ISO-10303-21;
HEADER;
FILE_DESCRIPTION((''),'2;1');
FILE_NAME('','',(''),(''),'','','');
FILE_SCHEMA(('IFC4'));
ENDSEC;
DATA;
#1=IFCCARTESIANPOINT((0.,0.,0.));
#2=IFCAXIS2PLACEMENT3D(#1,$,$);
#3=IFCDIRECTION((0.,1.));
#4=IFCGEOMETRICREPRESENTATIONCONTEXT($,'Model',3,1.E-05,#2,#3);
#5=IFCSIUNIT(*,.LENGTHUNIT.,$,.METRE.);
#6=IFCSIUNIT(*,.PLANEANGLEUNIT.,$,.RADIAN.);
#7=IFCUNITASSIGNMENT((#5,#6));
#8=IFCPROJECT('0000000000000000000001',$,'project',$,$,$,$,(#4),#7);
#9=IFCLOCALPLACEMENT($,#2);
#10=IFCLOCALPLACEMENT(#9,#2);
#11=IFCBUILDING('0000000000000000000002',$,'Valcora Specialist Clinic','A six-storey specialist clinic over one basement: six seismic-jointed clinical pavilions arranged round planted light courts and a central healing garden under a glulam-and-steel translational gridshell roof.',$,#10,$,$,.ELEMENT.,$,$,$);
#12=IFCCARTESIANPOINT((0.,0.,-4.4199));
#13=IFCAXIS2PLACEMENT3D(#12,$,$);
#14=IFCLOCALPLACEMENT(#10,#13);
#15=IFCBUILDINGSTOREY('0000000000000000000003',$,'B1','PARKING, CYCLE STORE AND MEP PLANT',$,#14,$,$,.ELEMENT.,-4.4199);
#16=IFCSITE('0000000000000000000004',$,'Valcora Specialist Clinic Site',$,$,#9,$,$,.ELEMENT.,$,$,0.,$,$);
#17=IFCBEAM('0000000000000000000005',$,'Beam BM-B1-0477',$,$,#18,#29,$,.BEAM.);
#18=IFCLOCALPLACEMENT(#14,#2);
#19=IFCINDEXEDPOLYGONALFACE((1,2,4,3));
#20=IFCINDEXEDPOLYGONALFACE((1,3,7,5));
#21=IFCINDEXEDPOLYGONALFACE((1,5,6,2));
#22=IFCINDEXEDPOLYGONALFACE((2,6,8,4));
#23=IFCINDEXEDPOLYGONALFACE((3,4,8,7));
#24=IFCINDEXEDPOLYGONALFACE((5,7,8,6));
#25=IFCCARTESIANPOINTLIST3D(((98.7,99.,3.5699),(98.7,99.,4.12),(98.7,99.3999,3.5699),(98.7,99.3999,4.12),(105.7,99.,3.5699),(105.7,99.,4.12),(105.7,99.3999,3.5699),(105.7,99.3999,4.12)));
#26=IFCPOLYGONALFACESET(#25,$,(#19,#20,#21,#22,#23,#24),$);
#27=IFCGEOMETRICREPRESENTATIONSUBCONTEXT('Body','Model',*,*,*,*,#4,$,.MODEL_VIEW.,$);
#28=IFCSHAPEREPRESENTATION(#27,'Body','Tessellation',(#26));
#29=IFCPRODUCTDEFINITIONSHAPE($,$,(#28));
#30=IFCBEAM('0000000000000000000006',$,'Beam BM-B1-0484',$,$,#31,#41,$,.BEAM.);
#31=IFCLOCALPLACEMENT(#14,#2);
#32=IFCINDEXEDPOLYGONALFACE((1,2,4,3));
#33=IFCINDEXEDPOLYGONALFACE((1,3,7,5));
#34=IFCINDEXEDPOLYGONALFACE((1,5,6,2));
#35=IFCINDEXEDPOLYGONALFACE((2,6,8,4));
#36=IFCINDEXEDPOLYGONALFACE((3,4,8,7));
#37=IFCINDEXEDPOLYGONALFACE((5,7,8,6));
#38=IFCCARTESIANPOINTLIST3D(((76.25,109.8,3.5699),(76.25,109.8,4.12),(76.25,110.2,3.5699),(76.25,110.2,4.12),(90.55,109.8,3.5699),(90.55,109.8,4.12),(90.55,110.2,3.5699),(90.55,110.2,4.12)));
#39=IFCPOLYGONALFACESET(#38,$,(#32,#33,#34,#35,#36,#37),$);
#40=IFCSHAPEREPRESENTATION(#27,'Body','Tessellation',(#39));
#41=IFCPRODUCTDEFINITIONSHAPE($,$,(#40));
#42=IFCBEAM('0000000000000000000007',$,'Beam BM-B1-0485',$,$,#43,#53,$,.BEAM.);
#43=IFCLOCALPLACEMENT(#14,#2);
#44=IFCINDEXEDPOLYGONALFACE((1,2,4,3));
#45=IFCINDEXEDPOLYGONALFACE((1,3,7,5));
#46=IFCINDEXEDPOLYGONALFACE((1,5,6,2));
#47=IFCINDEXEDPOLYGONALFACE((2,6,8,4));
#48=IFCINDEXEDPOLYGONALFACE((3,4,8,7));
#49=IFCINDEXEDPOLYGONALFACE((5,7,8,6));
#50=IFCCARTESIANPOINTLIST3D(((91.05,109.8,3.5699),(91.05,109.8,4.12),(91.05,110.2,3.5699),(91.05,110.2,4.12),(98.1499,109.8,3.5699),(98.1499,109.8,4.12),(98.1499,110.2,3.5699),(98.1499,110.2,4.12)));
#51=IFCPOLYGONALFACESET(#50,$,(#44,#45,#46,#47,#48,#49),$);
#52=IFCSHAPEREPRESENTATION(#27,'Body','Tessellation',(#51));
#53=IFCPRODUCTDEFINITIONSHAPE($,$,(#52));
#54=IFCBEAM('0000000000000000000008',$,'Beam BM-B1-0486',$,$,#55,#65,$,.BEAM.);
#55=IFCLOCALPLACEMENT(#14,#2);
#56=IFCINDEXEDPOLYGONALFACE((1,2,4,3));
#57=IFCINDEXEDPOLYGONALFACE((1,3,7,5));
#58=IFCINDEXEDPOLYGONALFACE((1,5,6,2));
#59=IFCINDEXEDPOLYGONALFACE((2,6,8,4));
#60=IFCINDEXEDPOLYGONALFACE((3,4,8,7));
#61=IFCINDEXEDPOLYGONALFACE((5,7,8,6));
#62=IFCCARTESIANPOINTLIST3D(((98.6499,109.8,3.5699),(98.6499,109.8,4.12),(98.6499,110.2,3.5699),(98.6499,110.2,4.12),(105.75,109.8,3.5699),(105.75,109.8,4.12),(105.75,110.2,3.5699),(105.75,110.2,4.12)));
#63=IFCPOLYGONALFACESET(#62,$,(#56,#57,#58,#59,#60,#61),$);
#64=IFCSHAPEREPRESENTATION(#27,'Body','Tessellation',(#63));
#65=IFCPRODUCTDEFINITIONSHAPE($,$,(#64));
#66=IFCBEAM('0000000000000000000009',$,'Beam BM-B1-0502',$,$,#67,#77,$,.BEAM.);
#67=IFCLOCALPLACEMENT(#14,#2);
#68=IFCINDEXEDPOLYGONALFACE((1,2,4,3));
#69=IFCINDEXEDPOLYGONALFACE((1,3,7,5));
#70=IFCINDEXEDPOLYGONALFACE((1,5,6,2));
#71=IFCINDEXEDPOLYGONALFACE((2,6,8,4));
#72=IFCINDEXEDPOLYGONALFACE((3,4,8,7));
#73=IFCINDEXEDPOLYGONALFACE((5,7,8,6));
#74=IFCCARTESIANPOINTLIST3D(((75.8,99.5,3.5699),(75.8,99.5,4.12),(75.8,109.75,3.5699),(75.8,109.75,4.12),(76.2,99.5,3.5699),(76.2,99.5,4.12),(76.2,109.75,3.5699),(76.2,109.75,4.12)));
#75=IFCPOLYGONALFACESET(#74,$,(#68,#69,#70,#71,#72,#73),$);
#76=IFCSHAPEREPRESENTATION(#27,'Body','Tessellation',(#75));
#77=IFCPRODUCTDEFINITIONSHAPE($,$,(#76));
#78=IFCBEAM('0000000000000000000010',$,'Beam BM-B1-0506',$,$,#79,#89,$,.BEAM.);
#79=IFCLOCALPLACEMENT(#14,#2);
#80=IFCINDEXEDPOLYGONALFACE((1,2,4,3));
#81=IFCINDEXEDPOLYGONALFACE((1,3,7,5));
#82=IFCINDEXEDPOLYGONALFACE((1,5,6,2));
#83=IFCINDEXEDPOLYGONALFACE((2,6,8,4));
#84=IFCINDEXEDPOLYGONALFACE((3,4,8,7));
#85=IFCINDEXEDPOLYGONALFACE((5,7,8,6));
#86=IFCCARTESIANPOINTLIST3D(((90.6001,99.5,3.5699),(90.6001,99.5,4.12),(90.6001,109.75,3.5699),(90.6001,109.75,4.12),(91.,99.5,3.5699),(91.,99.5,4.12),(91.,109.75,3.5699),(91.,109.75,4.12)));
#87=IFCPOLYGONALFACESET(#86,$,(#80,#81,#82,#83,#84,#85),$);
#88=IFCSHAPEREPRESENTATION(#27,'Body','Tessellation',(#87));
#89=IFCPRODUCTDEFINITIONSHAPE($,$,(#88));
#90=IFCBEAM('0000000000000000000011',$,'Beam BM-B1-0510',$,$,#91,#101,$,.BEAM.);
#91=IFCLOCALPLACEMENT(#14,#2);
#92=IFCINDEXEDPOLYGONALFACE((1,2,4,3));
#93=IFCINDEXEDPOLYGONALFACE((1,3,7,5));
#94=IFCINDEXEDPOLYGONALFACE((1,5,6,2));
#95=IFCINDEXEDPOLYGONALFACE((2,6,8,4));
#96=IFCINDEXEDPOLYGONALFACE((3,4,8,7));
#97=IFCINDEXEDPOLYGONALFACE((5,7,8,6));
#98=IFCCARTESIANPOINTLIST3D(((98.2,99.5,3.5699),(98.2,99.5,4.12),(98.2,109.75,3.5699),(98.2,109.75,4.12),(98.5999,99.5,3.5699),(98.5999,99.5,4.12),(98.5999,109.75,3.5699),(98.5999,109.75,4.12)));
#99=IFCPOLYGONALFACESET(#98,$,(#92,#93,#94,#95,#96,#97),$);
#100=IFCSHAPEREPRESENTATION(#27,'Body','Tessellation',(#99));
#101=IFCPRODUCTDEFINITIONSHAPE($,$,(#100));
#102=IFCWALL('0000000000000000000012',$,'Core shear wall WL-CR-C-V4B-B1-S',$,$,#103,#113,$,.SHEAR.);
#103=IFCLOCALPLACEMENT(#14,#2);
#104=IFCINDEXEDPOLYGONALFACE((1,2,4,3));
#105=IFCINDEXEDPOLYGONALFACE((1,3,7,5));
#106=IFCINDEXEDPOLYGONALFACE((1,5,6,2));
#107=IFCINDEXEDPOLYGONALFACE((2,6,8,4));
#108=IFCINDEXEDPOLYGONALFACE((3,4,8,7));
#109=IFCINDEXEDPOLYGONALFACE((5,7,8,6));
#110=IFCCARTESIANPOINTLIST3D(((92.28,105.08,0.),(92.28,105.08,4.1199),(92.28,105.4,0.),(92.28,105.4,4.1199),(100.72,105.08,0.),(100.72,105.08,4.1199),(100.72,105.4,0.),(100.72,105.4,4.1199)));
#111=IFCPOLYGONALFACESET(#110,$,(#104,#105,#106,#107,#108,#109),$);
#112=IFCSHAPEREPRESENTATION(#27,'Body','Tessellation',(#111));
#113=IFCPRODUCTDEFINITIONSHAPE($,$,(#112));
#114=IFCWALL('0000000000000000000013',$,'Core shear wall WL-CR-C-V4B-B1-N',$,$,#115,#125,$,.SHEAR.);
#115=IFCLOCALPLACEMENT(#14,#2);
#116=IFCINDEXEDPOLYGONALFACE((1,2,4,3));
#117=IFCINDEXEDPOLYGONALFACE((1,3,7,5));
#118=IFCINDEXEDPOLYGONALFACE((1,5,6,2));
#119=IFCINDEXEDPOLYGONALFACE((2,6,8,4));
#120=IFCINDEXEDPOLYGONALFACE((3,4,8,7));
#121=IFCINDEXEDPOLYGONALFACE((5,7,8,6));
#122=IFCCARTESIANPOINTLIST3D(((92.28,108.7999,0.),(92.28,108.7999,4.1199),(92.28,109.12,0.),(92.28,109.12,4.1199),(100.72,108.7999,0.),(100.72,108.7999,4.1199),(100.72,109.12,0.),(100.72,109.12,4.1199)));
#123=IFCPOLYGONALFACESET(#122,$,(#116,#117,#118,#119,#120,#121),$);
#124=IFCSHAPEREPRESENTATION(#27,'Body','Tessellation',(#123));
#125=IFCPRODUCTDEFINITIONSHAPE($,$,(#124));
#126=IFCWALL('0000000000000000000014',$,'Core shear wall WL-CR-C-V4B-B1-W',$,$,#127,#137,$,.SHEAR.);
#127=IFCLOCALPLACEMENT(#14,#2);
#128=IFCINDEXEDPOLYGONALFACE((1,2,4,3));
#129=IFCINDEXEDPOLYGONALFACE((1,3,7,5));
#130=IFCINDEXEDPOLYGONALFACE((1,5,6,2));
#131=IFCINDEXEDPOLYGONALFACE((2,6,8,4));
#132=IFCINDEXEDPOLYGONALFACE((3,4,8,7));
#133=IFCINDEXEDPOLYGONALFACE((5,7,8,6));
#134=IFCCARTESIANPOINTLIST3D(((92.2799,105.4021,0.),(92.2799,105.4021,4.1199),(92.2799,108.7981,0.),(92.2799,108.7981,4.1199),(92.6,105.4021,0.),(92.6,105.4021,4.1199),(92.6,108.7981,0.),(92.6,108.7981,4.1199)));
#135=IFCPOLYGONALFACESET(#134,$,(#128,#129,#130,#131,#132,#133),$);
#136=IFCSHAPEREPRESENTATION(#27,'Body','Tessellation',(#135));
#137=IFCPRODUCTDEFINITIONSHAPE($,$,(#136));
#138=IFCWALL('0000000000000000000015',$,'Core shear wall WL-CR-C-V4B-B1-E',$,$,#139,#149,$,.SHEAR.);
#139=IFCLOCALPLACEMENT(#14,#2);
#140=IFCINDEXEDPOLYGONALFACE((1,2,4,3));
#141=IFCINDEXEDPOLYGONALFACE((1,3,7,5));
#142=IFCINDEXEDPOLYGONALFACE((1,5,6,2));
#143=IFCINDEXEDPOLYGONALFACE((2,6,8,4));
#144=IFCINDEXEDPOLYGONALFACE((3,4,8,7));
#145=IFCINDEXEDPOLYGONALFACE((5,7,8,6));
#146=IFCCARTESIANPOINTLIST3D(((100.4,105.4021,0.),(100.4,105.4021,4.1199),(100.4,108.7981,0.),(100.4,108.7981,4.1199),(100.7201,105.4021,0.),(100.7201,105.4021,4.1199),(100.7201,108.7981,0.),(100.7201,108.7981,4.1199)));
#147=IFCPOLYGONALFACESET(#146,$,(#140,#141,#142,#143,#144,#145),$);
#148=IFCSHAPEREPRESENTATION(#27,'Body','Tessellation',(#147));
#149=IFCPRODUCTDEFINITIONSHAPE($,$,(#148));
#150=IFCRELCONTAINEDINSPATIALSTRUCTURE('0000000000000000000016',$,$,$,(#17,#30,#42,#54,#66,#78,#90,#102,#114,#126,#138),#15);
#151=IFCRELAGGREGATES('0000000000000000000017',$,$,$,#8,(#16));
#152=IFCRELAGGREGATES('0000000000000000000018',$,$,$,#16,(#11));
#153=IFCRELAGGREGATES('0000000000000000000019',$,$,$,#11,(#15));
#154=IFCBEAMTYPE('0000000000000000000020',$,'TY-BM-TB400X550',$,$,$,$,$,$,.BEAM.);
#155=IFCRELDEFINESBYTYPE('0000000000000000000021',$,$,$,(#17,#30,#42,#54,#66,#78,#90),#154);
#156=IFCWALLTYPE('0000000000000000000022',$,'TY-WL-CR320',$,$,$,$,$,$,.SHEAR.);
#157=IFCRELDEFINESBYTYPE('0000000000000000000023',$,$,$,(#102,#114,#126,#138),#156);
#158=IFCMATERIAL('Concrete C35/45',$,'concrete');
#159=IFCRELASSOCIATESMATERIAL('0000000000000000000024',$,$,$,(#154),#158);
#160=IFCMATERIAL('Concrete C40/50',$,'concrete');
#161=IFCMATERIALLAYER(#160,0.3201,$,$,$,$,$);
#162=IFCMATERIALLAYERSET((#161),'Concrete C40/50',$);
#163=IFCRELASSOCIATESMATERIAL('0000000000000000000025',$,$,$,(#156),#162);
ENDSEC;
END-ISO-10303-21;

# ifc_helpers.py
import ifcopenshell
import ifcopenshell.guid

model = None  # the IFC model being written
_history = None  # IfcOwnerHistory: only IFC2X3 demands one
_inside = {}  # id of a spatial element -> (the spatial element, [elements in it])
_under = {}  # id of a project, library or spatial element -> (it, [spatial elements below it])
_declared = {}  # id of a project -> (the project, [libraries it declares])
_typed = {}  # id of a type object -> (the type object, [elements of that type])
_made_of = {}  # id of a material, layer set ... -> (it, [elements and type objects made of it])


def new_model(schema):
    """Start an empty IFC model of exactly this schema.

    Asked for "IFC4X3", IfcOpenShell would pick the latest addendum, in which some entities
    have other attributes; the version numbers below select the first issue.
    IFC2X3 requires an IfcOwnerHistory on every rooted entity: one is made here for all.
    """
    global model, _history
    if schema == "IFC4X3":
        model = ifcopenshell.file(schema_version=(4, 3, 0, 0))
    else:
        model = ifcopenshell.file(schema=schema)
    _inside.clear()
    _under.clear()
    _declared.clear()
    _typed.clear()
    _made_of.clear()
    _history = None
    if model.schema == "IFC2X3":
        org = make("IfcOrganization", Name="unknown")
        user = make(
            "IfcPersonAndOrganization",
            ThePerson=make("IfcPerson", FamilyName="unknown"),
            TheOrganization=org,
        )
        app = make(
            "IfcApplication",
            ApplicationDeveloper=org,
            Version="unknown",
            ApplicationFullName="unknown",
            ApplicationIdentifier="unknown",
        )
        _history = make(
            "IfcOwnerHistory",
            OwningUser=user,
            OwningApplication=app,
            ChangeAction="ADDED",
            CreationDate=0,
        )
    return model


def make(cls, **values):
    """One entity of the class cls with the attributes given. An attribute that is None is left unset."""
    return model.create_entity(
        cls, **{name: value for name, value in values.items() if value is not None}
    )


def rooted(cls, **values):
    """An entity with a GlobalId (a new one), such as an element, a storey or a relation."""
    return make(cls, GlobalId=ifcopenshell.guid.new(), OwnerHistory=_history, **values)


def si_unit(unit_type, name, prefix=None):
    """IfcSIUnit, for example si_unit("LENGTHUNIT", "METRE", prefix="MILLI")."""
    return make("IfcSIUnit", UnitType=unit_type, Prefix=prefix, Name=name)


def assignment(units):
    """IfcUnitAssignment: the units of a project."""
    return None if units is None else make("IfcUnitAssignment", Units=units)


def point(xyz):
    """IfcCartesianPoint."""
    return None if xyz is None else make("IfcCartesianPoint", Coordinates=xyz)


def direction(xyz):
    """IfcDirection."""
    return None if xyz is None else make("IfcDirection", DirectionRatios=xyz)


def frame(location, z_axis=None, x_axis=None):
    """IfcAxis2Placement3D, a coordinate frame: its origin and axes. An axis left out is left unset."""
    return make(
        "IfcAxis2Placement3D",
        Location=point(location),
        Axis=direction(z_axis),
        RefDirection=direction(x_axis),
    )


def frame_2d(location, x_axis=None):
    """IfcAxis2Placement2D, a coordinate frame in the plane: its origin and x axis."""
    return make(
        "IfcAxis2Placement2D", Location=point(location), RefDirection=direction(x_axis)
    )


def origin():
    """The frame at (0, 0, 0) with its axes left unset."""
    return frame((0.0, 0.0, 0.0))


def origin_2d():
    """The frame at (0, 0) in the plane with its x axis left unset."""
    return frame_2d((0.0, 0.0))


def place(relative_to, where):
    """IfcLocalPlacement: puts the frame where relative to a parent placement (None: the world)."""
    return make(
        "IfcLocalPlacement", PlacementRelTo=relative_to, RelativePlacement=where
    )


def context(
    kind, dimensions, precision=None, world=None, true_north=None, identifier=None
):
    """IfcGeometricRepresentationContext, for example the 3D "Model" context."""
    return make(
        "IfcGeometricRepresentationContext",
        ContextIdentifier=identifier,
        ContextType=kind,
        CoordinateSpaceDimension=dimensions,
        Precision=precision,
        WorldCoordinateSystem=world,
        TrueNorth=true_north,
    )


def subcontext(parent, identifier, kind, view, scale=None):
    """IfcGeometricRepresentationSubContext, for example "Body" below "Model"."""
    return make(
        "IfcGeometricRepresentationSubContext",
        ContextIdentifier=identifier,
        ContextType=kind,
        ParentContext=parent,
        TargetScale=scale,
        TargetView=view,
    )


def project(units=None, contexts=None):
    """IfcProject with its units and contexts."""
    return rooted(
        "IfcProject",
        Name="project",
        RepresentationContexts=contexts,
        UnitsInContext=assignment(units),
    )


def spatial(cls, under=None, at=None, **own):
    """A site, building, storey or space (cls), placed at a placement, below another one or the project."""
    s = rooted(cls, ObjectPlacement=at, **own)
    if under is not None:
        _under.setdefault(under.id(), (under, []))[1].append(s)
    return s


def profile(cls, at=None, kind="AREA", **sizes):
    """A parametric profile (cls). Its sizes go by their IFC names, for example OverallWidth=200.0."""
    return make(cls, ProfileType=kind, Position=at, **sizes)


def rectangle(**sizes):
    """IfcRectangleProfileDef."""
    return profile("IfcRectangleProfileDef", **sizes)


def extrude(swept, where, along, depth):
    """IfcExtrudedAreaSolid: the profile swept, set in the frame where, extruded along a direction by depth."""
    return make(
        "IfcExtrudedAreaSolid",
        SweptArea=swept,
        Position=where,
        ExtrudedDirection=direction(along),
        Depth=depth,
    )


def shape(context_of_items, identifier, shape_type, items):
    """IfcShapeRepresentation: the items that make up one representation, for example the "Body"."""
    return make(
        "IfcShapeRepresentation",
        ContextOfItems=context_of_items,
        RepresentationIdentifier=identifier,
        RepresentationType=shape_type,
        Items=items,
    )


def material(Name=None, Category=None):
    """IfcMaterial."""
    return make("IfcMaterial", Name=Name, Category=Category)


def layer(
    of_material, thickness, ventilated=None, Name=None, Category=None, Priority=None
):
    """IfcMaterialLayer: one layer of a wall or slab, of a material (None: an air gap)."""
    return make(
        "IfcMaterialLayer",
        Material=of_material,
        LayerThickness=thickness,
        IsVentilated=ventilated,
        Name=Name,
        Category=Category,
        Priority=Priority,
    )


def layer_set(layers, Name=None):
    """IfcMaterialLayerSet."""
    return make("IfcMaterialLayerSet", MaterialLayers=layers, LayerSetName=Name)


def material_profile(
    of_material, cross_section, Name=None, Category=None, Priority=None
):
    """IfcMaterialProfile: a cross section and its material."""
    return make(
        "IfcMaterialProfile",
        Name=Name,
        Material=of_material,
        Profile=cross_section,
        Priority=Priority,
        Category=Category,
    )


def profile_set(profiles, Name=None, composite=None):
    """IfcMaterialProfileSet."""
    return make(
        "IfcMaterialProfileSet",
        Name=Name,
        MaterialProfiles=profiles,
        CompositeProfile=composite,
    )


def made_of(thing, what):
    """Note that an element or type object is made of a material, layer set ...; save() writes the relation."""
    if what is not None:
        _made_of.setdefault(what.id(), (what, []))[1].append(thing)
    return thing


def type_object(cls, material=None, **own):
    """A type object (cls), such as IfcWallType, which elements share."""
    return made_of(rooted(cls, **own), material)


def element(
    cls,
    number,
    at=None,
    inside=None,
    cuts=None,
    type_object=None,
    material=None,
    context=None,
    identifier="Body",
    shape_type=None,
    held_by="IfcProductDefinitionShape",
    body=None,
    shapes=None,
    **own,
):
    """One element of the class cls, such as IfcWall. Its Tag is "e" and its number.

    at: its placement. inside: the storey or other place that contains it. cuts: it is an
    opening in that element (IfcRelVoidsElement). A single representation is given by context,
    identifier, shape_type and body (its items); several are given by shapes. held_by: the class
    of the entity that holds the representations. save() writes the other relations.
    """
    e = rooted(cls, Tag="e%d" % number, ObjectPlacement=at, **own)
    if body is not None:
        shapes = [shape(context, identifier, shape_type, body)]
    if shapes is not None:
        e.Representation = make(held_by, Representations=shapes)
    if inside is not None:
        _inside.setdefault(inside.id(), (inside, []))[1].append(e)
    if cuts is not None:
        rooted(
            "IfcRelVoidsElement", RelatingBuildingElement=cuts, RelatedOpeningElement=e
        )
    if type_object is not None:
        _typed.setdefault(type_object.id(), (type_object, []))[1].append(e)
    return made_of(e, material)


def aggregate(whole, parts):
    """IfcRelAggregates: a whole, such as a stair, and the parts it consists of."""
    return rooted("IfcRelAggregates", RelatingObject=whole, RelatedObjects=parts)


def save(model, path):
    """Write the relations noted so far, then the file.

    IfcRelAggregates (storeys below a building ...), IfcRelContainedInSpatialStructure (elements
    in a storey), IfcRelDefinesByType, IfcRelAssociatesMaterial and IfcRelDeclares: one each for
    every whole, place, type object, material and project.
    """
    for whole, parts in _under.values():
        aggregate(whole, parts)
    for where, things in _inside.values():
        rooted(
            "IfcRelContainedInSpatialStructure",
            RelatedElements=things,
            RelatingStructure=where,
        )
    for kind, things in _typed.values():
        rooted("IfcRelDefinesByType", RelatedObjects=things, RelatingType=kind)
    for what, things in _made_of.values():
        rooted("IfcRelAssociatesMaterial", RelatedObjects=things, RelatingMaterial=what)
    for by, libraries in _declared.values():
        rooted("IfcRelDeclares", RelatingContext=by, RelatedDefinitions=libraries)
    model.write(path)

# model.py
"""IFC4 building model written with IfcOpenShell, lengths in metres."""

from ifc_helpers import new_model, si_unit, direction, frame, frame_2d, origin, origin_2d, place, context, subcontext, project, spatial, rectangle, extrude, material, layer, layer_set, material_profile, profile_set, type_object, element, save


model = new_model("IFC4")

# Units and contexts
model_context = context("Model", 3, precision=1e-05, world=origin(), true_north=direction((0.0, 1.0)))
body_context = subcontext(model_context, "Body", "Model", "MODEL_VIEW")
ifc_project = project(units=[si_unit("LENGTHUNIT", "METRE"), si_unit("PLANEANGLEUNIT", "RADIAN")], contexts=[model_context])

# Site, building, storey
site_placement = place(None, origin())
site = spatial("IfcSite", under=ifc_project, at=site_placement, Name="Valcora Specialist Clinic Site", CompositionType="ELEMENT", RefElevation=0.0)
building_placement = place(site_placement, origin())
building = spatial("IfcBuilding", under=site, at=building_placement, Name="Valcora Specialist Clinic", Description="A six-storey specialist clinic over one basement: six seismic-jointed clinical pavilions arranged round planted light courts and a central healing garden under a glulam-and-steel translational gridshell roof.", CompositionType="ELEMENT")
storey_placement = place(building_placement, frame((0.0, 0.0, -4.4199)))
storey = spatial("IfcBuildingStorey", under=building, at=storey_placement, Name="B1", Description="PARKING, CYCLE STORE AND MEP PLANT", CompositionType="ELEMENT", Elevation=-4.4199)

# Shared definitions
ifc_material_1 = material(Name="Concrete C35/45", Category="concrete")

# Shared definitions
ifc_material_2 = material(Name="Concrete C40/50", Category="concrete")

# Beams
ifc_material_profile_1 = material_profile(ifc_material_1, rectangle(XDim=0.3999, YDim=0.55, at=origin_2d()), Name="RC-TB-400X550")
ifc_profile_set_1 = profile_set([ifc_material_profile_1], Name="Concrete C35/45")
beam_type = type_object("IfcBeamType", Name="TY-BM-TB400X550", PredefinedType="BEAM", material=ifc_profile_set_1)
beam_1_placement = place(storey_placement, frame((98.7, 99.2, 3.845), z_axis=(1.0, 0.0, 0.0), x_axis=(0.0, 1.0, 0.0)))
element("IfcBeam", 1, at=beam_1_placement, inside=storey, type_object=beam_type, Name="Beam BM-B1-0477", PredefinedType="BEAM", context=body_context, shape_type="SweptSolid", body=[
    extrude(rectangle(XDim=0.3999, YDim=0.55, at=origin_2d()), origin(), (0.0, 0.0, 1.0), 7.0),
])
beam_2_placement = place(storey_placement, frame((76.25, 110.0, 3.845), z_axis=(1.0, 0.0, 0.0), x_axis=(0.0, 1.0, 0.0)))
element("IfcBeam", 2, at=beam_2_placement, inside=storey, type_object=beam_type, Name="Beam BM-B1-0484", PredefinedType="BEAM", context=body_context, shape_type="SweptSolid", body=[
    extrude(rectangle(XDim=0.3999, YDim=0.55, at=origin_2d()), origin(), (0.0, 0.0, 1.0), 14.3),
])
beam_3_placement = place(storey_placement, frame((91.05, 110.0, 3.845), z_axis=(1.0, 0.0, 0.0), x_axis=(0.0, 1.0, 0.0)))
element("IfcBeam", 3, at=beam_3_placement, inside=storey, type_object=beam_type, Name="Beam BM-B1-0485", PredefinedType="BEAM", context=body_context, shape_type="SweptSolid", body=[
    extrude(rectangle(XDim=0.3999, YDim=0.55, at=origin_2d()), origin(), (0.0, 0.0, 1.0), 7.0999),
])
beam_4_placement = place(storey_placement, frame((98.6499, 110.0, 3.845), z_axis=(1.0, 0.0, 0.0), x_axis=(0.0, 1.0, 0.0)))
element("IfcBeam", 4, at=beam_4_placement, inside=storey, type_object=beam_type, Name="Beam BM-B1-0486", PredefinedType="BEAM", context=body_context, shape_type="SweptSolid", body=[
    extrude(rectangle(XDim=0.3999, YDim=0.55, at=origin_2d()), origin(), (0.0, 0.0, 1.0), 7.1001),
])
for number, where, z_axis, x_axis, name in (
    (5, (76.0, 99.5, 3.845), (0.0, 1.0, 0.0), (-1.0, 0.0, 0.0), "Beam BM-B1-0502"),
    (6, (90.8, 99.5, 3.845), (0.0, 1.0, 0.0), (-1.0, 0.0, 0.0), "Beam BM-B1-0506"),
    (7, (98.3999, 99.5, 3.845), (0.0, 1.0, 0.0), (-1.0, 0.0, 0.0), "Beam BM-B1-0510"),
):
    element("IfcBeam", number, at=place(storey_placement, frame(where, z_axis=z_axis, x_axis=x_axis)), inside=storey, type_object=beam_type, Name=name, PredefinedType="BEAM", context=body_context, shape_type="SweptSolid", body=[
        extrude(rectangle(XDim=0.3999, YDim=0.55, at=origin_2d()), origin(), (0.0, 0.0, 1.0), 10.25),
    ])

# Walls
ifc_layer = layer(ifc_material_2, 0.3201)
ifc_layer_set = layer_set([ifc_layer], Name="Concrete C40/50")
wall_type = type_object("IfcWallType", Name="TY-WL-CR320", PredefinedType="SHEAR", material=ifc_layer_set)
for number, where, z_axis, x_axis, name in (
    (8, (92.28, 105.24, 0.0), (0.0, 0.0, 1.0), (1.0, 0.0, 0.0), "Core shear wall WL-CR-C-V4B-B1-S"),
    (9, (92.28, 108.96, 0.0), (0.0, 0.0, 1.0), (1.0, 0.0, 0.0), "Core shear wall WL-CR-C-V4B-B1-N"),
):
    element("IfcWall", number, at=place(storey_placement, frame(where, z_axis=z_axis, x_axis=x_axis)), inside=storey, type_object=wall_type, Name=name, PredefinedType="SHEAR", context=body_context, shape_type="SweptSolid", body=[
        extrude(rectangle(XDim=8.4399, YDim=0.3201, at=frame_2d((4.22, 0.0))), origin(), (0.0, 0.0, 1.0), 4.1199),
    ])
for number, where, z_axis, x_axis, name in (
    (10, (92.4399, 105.4021, 0.0), (0.0, 0.0, 1.0), (0.0, 1.0, 0.0), "Core shear wall WL-CR-C-V4B-B1-W"),
    (11, (100.5601, 105.4021, 0.0), (0.0, 0.0, 1.0), (0.0, 1.0, 0.0), "Core shear wall WL-CR-C-V4B-B1-E"),
):
    element("IfcWall", number, at=place(storey_placement, frame(where, z_axis=z_axis, x_axis=x_axis)), inside=storey, type_object=wall_type, Name=name, PredefinedType="SHEAR", context=body_context, shape_type="SweptSolid", body=[
        extrude(rectangle(XDim=3.396, YDim=0.3201, at=frame_2d((1.698, 0.0))), origin(), (0.0, 0.0, 1.0), 4.1199),
    ])

save(model, "model.ifc")
